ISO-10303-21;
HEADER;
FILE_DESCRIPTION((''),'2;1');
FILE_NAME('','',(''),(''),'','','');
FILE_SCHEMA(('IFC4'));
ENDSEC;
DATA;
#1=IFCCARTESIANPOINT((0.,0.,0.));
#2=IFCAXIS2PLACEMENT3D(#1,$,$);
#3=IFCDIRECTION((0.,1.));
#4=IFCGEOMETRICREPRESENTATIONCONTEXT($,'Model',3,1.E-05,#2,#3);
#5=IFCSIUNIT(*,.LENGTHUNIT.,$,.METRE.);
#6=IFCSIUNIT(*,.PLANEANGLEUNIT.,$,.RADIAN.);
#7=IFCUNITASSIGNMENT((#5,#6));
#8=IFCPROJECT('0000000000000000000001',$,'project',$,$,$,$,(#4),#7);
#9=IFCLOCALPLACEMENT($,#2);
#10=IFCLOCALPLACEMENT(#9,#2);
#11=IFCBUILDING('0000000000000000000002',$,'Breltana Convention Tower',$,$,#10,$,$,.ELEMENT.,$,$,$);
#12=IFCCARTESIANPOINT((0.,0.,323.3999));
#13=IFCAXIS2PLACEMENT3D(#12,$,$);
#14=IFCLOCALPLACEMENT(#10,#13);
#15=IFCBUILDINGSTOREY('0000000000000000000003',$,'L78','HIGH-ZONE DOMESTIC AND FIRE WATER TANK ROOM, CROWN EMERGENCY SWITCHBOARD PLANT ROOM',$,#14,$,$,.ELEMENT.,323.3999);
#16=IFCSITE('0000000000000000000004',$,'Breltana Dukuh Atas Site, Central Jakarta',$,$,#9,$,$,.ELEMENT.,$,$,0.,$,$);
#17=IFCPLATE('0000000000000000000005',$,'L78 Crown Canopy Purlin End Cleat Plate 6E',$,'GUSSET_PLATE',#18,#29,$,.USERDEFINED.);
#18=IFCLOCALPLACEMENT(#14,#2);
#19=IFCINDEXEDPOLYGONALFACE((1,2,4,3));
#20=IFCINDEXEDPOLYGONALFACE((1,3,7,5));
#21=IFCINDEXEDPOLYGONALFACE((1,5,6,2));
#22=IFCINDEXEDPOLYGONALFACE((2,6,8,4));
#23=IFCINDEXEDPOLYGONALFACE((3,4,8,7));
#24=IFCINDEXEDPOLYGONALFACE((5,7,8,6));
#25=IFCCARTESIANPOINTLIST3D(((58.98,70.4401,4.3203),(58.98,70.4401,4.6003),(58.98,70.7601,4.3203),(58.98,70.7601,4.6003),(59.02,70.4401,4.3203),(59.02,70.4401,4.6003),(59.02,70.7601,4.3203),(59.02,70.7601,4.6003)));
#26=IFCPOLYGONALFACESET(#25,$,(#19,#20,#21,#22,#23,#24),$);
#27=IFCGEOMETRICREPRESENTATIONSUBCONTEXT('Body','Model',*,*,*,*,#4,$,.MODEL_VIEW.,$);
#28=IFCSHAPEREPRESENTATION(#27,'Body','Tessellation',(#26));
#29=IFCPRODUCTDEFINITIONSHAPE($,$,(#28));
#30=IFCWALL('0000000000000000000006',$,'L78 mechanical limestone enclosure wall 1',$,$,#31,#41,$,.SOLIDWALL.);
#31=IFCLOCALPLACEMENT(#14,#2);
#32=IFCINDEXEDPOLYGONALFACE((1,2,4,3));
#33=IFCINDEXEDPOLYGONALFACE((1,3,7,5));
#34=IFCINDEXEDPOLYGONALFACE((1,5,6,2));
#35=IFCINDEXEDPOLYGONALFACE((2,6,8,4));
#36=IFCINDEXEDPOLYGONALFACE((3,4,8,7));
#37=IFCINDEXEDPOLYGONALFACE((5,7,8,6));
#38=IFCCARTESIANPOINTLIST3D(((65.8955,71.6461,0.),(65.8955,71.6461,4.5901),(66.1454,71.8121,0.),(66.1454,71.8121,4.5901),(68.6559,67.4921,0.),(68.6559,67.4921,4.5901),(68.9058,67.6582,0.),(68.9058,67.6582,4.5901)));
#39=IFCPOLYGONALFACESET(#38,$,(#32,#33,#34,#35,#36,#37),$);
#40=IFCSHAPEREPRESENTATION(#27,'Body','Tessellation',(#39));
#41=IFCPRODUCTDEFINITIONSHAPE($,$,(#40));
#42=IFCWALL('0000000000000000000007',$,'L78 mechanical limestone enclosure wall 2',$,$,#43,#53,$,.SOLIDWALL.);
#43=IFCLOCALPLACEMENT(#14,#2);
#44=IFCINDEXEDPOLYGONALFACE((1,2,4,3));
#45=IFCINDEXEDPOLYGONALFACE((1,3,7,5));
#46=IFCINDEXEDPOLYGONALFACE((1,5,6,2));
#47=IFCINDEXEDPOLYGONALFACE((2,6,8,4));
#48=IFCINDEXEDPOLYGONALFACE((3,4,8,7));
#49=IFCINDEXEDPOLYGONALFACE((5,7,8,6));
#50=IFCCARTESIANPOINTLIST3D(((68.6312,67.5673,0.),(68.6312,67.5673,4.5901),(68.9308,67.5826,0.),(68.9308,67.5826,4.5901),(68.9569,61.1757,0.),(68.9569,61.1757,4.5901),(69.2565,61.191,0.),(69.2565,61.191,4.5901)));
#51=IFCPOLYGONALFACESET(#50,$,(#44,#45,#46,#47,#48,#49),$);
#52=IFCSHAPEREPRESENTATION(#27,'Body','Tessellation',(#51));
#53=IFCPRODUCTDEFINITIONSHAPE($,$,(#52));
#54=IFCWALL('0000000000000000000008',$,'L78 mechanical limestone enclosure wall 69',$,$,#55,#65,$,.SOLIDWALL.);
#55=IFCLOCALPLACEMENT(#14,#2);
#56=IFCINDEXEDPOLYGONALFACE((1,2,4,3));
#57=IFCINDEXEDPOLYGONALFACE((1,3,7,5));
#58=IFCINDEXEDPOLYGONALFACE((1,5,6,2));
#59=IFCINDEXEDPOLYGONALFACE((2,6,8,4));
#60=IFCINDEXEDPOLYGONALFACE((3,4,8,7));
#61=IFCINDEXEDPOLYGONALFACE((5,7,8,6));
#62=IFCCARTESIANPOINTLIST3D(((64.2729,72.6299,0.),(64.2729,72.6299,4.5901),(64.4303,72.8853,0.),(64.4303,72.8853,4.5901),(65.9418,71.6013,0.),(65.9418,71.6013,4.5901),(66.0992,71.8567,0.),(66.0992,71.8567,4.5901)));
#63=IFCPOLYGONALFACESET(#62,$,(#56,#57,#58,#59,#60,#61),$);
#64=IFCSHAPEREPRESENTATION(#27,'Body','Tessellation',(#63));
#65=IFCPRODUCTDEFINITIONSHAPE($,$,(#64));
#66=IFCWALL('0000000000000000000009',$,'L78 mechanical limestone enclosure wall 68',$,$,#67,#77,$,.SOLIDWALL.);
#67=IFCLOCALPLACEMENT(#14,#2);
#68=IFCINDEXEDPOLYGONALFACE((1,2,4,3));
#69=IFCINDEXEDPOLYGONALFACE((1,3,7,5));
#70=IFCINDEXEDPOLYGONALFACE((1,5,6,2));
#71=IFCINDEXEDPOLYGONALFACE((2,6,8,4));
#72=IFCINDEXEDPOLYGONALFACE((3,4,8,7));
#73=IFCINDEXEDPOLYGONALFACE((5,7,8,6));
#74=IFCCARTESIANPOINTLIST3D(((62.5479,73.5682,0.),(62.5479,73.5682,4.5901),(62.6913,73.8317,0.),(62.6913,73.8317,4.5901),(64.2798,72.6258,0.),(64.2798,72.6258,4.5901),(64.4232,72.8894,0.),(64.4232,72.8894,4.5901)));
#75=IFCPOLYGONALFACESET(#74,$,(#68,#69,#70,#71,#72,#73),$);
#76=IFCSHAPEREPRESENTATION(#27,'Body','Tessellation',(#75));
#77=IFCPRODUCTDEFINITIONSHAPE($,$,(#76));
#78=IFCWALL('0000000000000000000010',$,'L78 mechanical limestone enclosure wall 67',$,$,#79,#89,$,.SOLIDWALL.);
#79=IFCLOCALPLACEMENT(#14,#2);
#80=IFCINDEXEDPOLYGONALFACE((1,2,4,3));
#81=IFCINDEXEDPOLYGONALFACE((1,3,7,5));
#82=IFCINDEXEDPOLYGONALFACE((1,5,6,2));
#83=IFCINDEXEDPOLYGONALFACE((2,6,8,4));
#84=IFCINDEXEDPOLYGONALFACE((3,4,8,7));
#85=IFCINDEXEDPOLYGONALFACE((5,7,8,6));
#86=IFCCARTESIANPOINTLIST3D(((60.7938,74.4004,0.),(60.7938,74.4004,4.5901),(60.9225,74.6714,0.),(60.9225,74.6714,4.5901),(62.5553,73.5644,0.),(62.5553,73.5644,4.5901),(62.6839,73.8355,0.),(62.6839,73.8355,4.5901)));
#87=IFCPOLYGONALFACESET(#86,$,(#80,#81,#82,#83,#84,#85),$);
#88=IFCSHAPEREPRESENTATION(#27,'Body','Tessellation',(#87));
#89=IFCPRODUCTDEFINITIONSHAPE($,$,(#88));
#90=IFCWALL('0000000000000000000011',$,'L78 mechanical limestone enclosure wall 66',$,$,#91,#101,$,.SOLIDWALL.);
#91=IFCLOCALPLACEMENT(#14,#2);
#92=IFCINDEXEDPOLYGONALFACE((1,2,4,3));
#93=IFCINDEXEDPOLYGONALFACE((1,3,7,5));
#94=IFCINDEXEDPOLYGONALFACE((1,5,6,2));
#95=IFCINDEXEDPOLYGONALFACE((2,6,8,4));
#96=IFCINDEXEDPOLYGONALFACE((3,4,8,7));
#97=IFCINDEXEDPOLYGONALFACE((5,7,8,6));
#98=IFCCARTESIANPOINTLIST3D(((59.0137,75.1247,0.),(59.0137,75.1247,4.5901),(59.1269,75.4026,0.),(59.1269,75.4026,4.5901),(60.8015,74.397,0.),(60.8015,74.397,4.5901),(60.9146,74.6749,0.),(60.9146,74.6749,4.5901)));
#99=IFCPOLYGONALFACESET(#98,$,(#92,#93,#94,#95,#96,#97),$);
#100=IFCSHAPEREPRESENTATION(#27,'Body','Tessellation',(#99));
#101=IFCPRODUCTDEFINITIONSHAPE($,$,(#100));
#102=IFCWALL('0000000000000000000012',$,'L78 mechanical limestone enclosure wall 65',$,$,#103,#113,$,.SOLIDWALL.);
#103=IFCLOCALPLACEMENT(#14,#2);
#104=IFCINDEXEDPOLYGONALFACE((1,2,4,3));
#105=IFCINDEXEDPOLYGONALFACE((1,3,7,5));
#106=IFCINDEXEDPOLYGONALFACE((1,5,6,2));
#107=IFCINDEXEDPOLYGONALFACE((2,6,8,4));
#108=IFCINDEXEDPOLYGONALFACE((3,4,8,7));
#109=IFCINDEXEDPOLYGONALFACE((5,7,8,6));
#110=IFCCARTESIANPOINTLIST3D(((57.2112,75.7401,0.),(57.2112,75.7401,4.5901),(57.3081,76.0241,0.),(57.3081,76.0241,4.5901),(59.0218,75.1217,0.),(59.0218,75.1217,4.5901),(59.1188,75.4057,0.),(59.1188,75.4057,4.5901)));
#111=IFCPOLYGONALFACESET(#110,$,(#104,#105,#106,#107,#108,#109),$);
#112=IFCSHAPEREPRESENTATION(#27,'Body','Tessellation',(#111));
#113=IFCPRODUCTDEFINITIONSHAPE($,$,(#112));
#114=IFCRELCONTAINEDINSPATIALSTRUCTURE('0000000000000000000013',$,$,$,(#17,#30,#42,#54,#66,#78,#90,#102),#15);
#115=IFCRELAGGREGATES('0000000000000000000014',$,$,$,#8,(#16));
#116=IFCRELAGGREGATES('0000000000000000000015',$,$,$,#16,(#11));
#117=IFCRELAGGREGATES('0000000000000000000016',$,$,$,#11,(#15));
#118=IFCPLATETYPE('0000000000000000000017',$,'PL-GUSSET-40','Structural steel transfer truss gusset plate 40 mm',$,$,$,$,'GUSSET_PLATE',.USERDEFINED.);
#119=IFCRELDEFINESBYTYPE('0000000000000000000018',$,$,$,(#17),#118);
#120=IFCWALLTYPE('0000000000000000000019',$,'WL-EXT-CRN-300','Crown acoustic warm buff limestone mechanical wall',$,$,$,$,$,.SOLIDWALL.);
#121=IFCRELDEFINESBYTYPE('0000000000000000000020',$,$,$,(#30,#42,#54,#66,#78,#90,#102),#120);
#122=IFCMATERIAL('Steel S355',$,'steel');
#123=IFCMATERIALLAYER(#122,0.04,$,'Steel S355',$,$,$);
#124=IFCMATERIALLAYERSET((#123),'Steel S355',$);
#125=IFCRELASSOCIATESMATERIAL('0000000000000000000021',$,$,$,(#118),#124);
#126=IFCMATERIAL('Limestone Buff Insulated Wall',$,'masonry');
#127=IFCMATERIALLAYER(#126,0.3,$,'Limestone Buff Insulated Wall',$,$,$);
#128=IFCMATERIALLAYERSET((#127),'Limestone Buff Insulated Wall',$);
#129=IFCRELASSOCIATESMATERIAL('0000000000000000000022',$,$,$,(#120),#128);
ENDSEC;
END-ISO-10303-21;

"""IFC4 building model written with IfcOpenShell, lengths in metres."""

from ifc_helpers import new_model, si_unit, direction, frame, frame_2d, origin, origin_2d, place, context, subcontext, project, spatial, rectangle, extrude, source, transform, mapped, material, layer, layer_set, type_object, element, save


model = new_model("IFC4")

# Units and contexts
model_context = context("Model", 3, precision=1e-05, world=origin(), true_north=direction((0.0, 1.0)))
body_context = subcontext(model_context, "Body", "Model", "MODEL_VIEW")
ifc_project = project(units=[si_unit("LENGTHUNIT", "METRE"), si_unit("PLANEANGLEUNIT", "RADIAN")], contexts=[model_context])

# Site, building, storey
site_placement = place(None, origin())
site = spatial("IfcSite", under=ifc_project, at=site_placement, Name="Breltana Dukuh Atas Site, Central Jakarta", CompositionType="ELEMENT", RefElevation=0.0)
building_placement = place(site_placement, origin())
building = spatial("IfcBuilding", under=site, at=building_placement, Name="Breltana Convention Tower", CompositionType="ELEMENT")
storey_placement = place(building_placement, frame((0.0, 0.0, 323.3999)))
storey = spatial("IfcBuildingStorey", under=building, at=storey_placement, Name="L78", Description="HIGH-ZONE DOMESTIC AND FIRE WATER TANK ROOM, CROWN EMERGENCY SWITCHBOARD PLANT ROOM", CompositionType="ELEMENT", Elevation=323.3999)

# Plate
ifc_material_1 = material(Name="Steel S355", Category="steel")
ifc_layer_1 = layer(ifc_material_1, 0.04, Name="Steel S355")
ifc_layer_set_1 = layer_set([ifc_layer_1], Name="Steel S355")
plate_type = type_object("IfcPlateType", Name="PL-GUSSET-40", Description="Structural steel transfer truss gusset plate 40 mm", ElementType="GUSSET_PLATE", PredefinedType="USERDEFINED", material=ifc_layer_set_1)
shared_shape_1 = source(origin(), body_context, "Body", "SweptSolid", [
    extrude(rectangle(XDim=0.04, YDim=0.3201, at=origin_2d()), origin(), (0.0, 0.0, 1.0), 0.28),
])
for number, where, z_axis, x_axis, name in (
    (1, (59.0, 70.6001, 4.3203), (0.0, 0.0, 1.0), (1.0, 0.0, 0.0), "L78 Crown Canopy Purlin End Cleat Plate 6E"),
):
    element("IfcPlate", number, at=place(storey_placement, frame(where, z_axis=z_axis, x_axis=x_axis)), inside=storey, type_object=plate_type, Name=name, ObjectType="GUSSET_PLATE", PredefinedType="USERDEFINED", context=body_context, shape_type="MappedRepresentation", body=[
        mapped(shared_shape_1, transform((0.0, 0.0, 0.0), scale=1.0)),
    ])

# Walls
ifc_material_2 = material(Name="Limestone Buff Insulated Wall", Category="masonry")
ifc_layer_2 = layer(ifc_material_2, 0.3, Name="Limestone Buff Insulated Wall")
ifc_layer_set_2 = layer_set([ifc_layer_2], Name="Limestone Buff Insulated Wall")
wall_type = type_object("IfcWallType", Name="WL-EXT-CRN-300", Description="Crown acoustic warm buff limestone mechanical wall", PredefinedType="SOLIDWALL", material=ifc_layer_set_2)
shared_shape_2 = source(origin(), body_context, "Body", "SweptSolid", [
    extrude(rectangle(XDim=4.9875, YDim=0.3, at=frame_2d((2.4937, 0.0))), origin(), (0.0, 0.0, 1.0), 4.5901),
])
wall_1_placement = place(storey_placement, frame((66.0205, 71.729, 0.0), z_axis=(0.0, 0.0, 1.0), x_axis=(0.553468, -0.83287, 0.0)))
element("IfcWall", 2, at=wall_1_placement, inside=storey, type_object=wall_type, Name="L78 mechanical limestone enclosure wall 1", PredefinedType="SOLIDWALL", context=body_context, shape_type="MappedRepresentation", body=[
    mapped(shared_shape_2, transform((0.0, 0.0, 0.0), scale=1.0)),
])
shared_shape_3 = source(origin(), body_context, "Body", "SweptSolid", [
    extrude(rectangle(XDim=6.3999, YDim=0.3, at=frame_2d((3.2, 0.0))), origin(), (0.0, 0.0, 1.0), 4.5901),
])
wall_2_placement = place(storey_placement, frame((68.781, 67.575, 0.0), z_axis=(0.0, 0.0, 1.0), x_axis=(0.050889, -0.998704, 0.0)))
element("IfcWall", 3, at=wall_2_placement, inside=storey, type_object=wall_type, Name="L78 mechanical limestone enclosure wall 2", PredefinedType="SOLIDWALL", context=body_context, shape_type="MappedRepresentation", body=[
    mapped(shared_shape_3, transform((0.0, 0.0, 0.0), scale=1.0)),
])
shared_shape_4 = source(origin(), body_context, "Body", "SweptSolid", [
    extrude(rectangle(XDim=1.9604, YDim=0.3, at=frame_2d((0.9802, 0.0))), origin(), (0.0, 0.0, 1.0), 4.5901),
])
wall_3_placement = place(storey_placement, frame((64.3516, 72.7576, 0.0), z_axis=(0.0, 0.0, 1.0), x_axis=(0.851312, -0.52466, 0.0)))
element("IfcWall", 4, at=wall_3_placement, inside=storey, type_object=wall_type, Name="L78 mechanical limestone enclosure wall 69", PredefinedType="SOLIDWALL", context=body_context, shape_type="MappedRepresentation", body=[
    mapped(shared_shape_4, transform((0.0, 0.0, 0.0), scale=1.0)),
])
shared_shape_5 = source(origin(), body_context, "Body", "SweptSolid", [
    extrude(rectangle(XDim=1.9717, YDim=0.3, at=frame_2d((0.9858, 0.0))), origin(), (0.0, 0.0, 1.0), 4.5901),
])
wall_4_placement = place(storey_placement, frame((62.6196, 73.7, 0.0), z_axis=(0.0, 0.0, 1.0), x_axis=(0.878387, -0.47795, 0.0)))
element("IfcWall", 5, at=wall_4_placement, inside=storey, type_object=wall_type, Name="L78 mechanical limestone enclosure wall 68", PredefinedType="SOLIDWALL", context=body_context, shape_type="MappedRepresentation", body=[
    mapped(shared_shape_5, transform((0.0, 0.0, 0.0), scale=1.0)),
])
shared_shape_6 = source(origin(), body_context, "Body", "SweptSolid", [
    extrude(rectangle(XDim=1.9497, YDim=0.3, at=frame_2d((0.9749, 0.0))), origin(), (0.0, 0.0, 1.0), 4.5901),
])
wall_5_placement = place(storey_placement, frame((60.8582, 74.5359, 0.0), z_axis=(0.0, 0.0, 1.0), x_axis=(0.903429, -0.428738, 0.0)))
element("IfcWall", 6, at=wall_5_placement, inside=storey, type_object=wall_type, Name="L78 mechanical limestone enclosure wall 67", PredefinedType="SOLIDWALL", context=body_context, shape_type="MappedRepresentation", body=[
    mapped(shared_shape_6, transform((0.0, 0.0, 0.0), scale=1.0)),
])
shared_shape_7 = source(origin(), body_context, "Body", "SweptSolid", [
    extrude(rectangle(XDim=1.9302, YDim=0.3, at=frame_2d((0.9651, 0.0))), origin(), (0.0, 0.0, 1.0), 4.5901),
])
wall_6_placement = place(storey_placement, frame((59.0703, 75.2637, 0.0), z_axis=(0.0, 0.0, 1.0), x_axis=(0.9262, -0.377032, 0.0)))
element("IfcWall", 7, at=wall_6_placement, inside=storey, type_object=wall_type, Name="L78 mechanical limestone enclosure wall 66", PredefinedType="SOLIDWALL", context=body_context, shape_type="MappedRepresentation", body=[
    mapped(shared_shape_7, transform((0.0, 0.0, 0.0), scale=1.0)),
])
shared_shape_8 = source(origin(), body_context, "Body", "SweptSolid", [
    extrude(rectangle(XDim=1.9133, YDim=0.3, at=frame_2d((0.9565, 0.0))), origin(), (0.0, 0.0, 1.0), 4.5901),
])
wall_7_placement = place(storey_placement, frame((57.2598, 75.8821, 0.0), z_axis=(0.0, 0.0, 1.0), x_axis=(0.946322, -0.323225, 0.0)))
element("IfcWall", 8, at=wall_7_placement, inside=storey, type_object=wall_type, Name="L78 mechanical limestone enclosure wall 65", PredefinedType="SOLIDWALL", context=body_context, shape_type="MappedRepresentation", body=[
    mapped(shared_shape_8, transform((0.0, 0.0, 0.0), scale=1.0)),
])

save(model, "model.ifc")
